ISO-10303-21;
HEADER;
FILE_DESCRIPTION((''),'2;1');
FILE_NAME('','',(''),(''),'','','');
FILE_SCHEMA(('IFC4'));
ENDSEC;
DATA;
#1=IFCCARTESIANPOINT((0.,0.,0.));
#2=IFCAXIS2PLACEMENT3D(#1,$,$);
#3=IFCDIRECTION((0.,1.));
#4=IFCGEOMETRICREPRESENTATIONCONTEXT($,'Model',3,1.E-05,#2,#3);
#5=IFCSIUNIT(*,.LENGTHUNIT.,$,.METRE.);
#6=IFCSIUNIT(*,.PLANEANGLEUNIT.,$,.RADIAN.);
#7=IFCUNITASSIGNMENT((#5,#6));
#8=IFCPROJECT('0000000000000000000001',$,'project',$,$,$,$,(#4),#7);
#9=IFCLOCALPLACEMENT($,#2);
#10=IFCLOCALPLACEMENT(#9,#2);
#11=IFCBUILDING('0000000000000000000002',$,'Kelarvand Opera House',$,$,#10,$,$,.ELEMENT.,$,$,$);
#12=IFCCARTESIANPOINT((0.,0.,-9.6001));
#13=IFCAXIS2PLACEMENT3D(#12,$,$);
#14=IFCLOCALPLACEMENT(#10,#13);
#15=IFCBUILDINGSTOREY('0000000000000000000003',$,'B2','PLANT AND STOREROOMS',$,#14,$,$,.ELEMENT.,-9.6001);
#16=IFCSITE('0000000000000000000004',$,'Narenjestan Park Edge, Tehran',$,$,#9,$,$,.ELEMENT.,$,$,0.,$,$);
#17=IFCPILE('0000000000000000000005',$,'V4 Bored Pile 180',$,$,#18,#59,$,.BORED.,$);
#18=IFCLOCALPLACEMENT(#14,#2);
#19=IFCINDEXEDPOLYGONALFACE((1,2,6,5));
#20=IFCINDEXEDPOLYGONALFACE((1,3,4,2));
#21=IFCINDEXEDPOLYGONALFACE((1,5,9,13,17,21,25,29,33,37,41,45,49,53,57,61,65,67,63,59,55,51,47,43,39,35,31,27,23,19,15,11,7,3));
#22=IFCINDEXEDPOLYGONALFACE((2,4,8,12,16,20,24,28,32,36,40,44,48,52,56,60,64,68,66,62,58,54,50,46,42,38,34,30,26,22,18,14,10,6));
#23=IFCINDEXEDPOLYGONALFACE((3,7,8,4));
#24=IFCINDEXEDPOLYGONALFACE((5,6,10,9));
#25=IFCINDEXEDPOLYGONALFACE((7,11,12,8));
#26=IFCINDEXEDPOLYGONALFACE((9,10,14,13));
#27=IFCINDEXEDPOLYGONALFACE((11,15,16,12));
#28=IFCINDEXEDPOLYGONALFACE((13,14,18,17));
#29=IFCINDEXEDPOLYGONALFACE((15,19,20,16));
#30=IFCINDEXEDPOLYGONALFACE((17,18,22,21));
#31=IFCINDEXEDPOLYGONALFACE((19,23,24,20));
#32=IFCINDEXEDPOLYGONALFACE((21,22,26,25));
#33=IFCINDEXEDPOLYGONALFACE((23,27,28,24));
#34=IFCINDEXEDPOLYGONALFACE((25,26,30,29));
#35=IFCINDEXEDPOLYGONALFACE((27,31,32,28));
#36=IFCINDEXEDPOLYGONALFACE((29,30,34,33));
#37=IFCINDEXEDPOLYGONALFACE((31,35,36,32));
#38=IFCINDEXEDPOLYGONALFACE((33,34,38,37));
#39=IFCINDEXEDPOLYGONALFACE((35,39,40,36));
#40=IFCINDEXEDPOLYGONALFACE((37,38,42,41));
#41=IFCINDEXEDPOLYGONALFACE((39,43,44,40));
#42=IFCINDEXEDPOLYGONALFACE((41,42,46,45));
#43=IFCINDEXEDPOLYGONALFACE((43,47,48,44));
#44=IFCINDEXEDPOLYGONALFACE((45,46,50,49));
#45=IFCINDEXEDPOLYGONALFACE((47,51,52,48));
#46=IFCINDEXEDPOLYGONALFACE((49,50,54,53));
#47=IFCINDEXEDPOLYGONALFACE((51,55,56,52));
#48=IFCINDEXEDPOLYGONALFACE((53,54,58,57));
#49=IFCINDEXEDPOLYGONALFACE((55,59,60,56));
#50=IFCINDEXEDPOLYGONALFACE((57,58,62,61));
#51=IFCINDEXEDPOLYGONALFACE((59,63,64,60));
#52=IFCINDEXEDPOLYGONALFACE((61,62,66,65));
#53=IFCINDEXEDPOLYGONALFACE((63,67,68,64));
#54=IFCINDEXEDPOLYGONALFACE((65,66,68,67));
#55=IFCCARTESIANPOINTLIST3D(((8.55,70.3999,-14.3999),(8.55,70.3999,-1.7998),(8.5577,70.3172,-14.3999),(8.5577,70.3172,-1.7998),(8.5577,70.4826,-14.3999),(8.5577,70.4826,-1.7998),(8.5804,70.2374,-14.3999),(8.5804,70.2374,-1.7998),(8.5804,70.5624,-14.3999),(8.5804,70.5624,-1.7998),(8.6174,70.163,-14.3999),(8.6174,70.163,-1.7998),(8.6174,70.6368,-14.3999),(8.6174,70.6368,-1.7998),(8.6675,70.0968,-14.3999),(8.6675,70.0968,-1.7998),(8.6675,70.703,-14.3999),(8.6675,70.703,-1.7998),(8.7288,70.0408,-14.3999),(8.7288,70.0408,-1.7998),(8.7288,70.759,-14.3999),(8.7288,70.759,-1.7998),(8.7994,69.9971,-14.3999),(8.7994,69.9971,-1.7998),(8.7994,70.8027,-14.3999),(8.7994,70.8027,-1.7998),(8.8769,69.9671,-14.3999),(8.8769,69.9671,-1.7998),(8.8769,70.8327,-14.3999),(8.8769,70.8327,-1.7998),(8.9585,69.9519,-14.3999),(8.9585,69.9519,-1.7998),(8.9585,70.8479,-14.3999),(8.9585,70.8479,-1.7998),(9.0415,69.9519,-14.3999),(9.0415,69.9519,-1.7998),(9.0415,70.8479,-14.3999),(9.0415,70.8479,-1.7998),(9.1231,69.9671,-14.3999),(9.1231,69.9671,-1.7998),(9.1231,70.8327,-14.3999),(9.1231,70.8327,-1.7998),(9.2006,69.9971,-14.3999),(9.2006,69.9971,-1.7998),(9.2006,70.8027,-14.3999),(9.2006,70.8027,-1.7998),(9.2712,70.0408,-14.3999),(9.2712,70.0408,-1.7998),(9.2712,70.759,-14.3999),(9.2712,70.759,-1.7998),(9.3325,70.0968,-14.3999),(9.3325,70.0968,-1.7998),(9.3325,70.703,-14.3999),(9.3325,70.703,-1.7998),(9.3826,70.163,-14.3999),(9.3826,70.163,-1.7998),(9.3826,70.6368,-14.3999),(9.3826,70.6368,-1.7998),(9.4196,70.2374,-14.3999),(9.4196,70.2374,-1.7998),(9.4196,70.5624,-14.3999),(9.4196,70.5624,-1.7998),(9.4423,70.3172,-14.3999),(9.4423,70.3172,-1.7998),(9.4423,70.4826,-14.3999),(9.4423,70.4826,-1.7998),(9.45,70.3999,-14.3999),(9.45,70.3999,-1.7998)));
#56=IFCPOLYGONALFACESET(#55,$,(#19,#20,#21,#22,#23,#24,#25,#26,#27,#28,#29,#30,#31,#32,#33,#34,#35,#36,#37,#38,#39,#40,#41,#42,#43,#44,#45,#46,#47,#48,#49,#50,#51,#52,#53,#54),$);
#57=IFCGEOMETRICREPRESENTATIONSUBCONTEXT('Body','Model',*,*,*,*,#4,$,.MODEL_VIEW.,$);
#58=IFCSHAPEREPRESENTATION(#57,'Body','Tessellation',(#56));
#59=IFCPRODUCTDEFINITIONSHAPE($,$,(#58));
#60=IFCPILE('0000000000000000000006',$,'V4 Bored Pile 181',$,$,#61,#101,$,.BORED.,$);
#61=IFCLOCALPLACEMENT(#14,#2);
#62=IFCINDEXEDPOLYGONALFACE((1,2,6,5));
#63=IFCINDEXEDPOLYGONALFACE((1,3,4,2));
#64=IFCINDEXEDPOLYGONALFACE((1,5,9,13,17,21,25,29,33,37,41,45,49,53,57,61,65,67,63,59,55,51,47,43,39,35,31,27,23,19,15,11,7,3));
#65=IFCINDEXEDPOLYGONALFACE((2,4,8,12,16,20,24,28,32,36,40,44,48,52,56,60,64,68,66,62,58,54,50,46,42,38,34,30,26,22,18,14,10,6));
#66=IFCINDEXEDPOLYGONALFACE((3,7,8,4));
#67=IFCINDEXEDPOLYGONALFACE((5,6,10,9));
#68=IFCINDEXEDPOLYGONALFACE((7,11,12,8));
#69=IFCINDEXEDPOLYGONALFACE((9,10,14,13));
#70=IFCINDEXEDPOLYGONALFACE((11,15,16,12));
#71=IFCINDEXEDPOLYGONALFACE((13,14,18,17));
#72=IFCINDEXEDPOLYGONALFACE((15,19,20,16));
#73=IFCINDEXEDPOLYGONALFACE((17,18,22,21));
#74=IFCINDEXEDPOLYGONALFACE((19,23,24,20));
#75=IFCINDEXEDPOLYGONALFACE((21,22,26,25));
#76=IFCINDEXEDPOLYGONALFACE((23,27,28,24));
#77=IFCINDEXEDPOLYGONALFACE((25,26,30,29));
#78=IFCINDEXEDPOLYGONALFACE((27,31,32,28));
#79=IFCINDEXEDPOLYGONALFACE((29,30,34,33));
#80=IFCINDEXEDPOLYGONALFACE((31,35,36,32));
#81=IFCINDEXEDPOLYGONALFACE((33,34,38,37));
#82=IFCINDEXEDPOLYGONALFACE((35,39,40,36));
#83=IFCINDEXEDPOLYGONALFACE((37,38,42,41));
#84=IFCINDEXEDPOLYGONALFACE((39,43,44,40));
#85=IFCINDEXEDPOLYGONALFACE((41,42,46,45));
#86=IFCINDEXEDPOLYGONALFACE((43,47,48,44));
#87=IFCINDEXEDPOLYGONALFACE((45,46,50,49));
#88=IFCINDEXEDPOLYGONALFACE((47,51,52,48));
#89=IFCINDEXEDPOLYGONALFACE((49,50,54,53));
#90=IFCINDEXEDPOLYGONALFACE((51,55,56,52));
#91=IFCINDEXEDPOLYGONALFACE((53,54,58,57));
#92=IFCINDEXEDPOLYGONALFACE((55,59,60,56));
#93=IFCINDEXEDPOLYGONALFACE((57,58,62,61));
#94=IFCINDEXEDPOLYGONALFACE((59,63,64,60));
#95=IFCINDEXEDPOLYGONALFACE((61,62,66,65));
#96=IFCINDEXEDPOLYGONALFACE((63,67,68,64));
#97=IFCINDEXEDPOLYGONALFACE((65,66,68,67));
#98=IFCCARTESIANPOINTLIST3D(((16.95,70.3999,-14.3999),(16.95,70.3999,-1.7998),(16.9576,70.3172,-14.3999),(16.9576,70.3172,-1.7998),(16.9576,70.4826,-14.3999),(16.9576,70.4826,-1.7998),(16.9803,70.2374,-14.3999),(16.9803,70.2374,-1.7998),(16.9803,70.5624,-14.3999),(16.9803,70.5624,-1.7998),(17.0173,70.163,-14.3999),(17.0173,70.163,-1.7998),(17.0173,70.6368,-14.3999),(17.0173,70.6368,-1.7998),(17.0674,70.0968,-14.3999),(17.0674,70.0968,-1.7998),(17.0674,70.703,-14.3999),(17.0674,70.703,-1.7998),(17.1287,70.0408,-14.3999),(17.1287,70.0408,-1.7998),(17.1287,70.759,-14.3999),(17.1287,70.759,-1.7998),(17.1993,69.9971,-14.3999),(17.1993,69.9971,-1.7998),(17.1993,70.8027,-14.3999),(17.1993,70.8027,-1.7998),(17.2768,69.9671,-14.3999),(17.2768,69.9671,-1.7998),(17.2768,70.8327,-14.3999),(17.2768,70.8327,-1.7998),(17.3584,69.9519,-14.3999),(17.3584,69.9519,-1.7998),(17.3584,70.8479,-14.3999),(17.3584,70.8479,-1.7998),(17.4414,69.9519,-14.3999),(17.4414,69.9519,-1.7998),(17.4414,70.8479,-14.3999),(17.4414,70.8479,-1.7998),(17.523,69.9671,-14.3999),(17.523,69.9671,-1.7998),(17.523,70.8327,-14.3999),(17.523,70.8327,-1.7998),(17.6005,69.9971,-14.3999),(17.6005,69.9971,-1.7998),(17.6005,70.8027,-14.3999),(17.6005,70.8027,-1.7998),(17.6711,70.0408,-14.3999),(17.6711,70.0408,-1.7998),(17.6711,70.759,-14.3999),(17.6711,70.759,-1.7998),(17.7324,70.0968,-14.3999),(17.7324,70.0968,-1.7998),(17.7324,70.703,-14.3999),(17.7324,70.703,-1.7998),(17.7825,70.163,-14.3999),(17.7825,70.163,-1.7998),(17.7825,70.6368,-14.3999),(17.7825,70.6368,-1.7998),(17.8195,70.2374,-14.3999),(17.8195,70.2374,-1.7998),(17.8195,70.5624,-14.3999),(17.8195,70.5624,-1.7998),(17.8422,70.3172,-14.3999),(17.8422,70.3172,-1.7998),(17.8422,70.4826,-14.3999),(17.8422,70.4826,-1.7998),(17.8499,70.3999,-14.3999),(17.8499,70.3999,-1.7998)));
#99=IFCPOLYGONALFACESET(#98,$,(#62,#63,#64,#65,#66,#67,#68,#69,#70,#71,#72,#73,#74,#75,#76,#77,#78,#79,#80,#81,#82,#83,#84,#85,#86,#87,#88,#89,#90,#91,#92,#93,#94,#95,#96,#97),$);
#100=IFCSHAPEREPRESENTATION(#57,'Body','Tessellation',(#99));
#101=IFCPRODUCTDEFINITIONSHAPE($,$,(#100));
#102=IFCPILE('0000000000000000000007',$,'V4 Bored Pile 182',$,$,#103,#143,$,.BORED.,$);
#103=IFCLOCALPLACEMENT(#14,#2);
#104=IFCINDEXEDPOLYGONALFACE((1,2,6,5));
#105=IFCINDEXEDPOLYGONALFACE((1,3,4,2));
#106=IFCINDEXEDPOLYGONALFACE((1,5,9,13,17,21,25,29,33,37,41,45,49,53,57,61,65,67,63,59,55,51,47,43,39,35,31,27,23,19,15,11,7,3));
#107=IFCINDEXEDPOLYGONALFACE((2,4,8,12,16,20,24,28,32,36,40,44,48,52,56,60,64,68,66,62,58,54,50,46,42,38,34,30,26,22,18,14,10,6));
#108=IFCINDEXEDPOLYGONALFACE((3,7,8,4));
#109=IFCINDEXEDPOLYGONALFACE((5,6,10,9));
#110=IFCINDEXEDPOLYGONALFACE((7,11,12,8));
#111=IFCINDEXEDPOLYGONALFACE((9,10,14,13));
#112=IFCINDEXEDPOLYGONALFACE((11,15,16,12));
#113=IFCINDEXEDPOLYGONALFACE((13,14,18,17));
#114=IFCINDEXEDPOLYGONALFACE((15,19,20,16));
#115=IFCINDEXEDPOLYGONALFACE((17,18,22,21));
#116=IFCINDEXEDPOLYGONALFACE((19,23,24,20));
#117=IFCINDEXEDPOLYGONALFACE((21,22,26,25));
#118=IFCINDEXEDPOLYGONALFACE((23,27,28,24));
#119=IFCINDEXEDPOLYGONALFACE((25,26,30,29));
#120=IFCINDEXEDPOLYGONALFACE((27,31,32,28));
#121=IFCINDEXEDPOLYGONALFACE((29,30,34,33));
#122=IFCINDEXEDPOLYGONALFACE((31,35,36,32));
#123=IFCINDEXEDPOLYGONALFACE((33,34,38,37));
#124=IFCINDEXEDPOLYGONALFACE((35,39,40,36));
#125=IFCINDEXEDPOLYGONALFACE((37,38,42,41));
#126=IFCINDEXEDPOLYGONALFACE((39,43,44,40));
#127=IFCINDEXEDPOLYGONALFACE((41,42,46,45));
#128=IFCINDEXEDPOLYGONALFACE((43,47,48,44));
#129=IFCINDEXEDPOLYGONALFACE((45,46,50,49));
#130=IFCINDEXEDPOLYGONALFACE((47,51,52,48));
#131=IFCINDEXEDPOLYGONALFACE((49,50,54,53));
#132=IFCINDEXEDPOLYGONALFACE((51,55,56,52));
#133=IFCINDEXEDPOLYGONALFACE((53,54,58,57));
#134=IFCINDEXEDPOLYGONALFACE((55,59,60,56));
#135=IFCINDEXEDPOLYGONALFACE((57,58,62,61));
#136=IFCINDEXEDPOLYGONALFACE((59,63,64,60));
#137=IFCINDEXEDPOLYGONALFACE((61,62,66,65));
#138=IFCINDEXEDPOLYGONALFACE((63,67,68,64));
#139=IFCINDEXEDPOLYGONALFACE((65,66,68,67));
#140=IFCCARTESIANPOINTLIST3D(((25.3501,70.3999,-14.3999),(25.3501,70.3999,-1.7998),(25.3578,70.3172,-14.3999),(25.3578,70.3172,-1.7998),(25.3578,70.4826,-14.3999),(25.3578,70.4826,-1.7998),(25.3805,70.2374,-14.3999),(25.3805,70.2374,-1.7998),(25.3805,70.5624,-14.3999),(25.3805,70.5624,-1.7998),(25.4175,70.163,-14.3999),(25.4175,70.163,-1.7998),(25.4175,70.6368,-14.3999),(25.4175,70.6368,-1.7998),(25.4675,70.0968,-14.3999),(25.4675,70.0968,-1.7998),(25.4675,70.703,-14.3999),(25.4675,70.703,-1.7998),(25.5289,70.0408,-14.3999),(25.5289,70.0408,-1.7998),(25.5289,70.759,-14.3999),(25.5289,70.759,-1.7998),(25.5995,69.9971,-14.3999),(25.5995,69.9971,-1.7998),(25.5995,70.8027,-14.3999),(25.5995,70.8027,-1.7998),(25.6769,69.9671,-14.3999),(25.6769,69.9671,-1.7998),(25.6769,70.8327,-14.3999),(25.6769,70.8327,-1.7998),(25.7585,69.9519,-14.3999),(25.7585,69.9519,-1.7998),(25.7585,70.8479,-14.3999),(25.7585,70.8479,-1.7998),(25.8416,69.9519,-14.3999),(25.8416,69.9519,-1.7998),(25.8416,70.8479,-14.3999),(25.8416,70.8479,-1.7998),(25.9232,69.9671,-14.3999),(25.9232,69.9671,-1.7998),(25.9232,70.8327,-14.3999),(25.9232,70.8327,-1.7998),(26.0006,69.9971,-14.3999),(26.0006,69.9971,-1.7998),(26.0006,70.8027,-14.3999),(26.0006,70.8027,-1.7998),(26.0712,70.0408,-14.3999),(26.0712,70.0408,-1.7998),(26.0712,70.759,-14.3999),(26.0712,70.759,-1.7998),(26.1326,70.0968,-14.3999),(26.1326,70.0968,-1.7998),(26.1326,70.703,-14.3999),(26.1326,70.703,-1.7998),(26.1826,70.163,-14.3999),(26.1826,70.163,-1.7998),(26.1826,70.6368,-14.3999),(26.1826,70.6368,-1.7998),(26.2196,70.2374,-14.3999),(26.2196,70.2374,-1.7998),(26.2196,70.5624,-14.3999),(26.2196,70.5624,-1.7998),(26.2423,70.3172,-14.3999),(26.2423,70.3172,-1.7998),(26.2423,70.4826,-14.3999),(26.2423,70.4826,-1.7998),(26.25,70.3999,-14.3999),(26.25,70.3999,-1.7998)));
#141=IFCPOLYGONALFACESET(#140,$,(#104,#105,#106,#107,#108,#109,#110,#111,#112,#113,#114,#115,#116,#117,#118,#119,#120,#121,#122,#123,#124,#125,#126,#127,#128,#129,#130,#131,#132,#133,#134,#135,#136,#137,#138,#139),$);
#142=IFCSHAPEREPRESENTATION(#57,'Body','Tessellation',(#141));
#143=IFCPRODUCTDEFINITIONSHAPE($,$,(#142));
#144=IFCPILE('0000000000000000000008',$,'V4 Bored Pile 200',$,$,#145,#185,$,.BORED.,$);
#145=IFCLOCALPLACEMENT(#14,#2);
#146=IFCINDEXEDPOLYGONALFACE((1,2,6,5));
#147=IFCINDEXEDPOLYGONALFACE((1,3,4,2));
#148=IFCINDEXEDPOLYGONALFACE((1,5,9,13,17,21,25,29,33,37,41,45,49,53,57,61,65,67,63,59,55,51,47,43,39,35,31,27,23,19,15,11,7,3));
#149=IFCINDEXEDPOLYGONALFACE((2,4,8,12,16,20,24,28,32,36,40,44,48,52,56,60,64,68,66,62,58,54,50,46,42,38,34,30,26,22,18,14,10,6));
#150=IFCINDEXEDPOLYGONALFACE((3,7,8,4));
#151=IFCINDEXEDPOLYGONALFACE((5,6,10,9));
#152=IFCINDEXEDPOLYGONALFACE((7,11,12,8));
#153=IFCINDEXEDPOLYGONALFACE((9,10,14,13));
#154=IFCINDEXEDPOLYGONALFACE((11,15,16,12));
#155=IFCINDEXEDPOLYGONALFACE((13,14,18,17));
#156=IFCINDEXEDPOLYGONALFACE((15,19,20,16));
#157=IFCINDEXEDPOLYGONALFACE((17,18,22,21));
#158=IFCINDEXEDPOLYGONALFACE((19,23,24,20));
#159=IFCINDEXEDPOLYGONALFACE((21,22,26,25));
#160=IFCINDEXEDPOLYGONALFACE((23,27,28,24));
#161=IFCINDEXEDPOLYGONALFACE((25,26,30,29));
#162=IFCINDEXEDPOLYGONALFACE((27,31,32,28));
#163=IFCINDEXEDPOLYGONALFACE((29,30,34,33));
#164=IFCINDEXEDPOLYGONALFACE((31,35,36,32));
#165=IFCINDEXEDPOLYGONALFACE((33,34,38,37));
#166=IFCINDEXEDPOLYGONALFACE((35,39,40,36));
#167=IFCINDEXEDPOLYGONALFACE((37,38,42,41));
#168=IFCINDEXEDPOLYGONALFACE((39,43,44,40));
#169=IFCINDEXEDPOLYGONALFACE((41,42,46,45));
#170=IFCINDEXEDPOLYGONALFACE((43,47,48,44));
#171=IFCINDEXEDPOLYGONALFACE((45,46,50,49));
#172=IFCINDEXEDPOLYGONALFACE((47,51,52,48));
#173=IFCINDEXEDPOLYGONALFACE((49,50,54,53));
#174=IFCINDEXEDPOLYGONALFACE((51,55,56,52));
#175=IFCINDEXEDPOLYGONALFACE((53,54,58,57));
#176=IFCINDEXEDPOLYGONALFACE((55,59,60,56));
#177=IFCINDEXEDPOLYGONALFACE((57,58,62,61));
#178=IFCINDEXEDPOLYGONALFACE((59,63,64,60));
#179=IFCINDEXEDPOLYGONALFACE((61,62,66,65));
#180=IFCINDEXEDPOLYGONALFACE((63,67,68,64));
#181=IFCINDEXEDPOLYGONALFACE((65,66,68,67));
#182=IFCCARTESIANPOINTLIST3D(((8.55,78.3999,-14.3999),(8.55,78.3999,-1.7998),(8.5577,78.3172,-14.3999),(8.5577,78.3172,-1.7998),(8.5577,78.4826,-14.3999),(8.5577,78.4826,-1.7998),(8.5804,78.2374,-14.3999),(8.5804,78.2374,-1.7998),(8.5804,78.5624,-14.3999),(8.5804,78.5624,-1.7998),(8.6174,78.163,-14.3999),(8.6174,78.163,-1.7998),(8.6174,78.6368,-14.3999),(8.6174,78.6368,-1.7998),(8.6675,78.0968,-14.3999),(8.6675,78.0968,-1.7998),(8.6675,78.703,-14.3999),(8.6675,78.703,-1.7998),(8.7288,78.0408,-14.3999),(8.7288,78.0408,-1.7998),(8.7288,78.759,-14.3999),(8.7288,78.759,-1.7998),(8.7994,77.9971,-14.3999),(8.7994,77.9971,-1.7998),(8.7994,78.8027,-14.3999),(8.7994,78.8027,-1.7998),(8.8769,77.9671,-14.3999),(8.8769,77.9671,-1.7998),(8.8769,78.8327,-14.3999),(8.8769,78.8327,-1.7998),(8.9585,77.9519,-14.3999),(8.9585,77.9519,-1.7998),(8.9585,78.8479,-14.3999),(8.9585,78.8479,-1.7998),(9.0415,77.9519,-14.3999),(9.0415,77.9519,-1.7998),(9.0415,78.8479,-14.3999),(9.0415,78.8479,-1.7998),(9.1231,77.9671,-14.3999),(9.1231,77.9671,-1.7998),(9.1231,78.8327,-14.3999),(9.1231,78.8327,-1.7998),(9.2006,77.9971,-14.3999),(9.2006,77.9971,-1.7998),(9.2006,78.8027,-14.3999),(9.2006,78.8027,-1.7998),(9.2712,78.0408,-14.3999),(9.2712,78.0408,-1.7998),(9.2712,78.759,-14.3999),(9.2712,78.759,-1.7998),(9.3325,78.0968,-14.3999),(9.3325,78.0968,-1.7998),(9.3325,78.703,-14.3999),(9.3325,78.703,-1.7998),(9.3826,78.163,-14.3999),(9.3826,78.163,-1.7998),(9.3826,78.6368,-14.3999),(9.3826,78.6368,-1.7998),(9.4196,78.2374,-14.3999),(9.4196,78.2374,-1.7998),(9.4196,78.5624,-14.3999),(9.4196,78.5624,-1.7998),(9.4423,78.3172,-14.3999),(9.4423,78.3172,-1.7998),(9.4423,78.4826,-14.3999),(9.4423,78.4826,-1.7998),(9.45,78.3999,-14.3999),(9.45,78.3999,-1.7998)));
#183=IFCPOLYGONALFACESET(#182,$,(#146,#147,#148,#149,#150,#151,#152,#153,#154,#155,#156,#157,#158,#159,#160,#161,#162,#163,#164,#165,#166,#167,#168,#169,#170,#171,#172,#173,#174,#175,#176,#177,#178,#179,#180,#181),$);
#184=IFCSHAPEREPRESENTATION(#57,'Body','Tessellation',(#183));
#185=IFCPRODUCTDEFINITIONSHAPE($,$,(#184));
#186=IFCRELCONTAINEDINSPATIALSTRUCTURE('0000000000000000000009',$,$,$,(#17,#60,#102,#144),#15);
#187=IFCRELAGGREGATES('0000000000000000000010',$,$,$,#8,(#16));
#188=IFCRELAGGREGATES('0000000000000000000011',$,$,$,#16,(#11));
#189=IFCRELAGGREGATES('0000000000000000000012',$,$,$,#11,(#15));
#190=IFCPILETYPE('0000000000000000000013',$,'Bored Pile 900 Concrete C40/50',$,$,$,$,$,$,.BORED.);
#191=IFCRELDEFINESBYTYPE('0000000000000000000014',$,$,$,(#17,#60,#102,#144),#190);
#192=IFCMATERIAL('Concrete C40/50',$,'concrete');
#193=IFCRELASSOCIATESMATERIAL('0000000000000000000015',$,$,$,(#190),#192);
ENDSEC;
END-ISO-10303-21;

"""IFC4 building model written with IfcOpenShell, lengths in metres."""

from ifc_helpers import new_model, si_unit, direction, frame, origin, origin_2d, place, context, subcontext, project, spatial, circle, extrude, material, material_profile, profile_set, type_object, element, save


model = new_model("IFC4")

# Units and contexts
model_context = context("Model", 3, precision=1e-05, world=origin(), true_north=direction((0.0, 1.0)))
body_context = subcontext(model_context, "Body", "Model", "MODEL_VIEW")
ifc_project = project(units=[si_unit("LENGTHUNIT", "METRE"), si_unit("PLANEANGLEUNIT", "RADIAN")], contexts=[model_context])

# Site, building, storey
site_placement = place(None, origin())
site = spatial("IfcSite", under=ifc_project, at=site_placement, Name="Narenjestan Park Edge, Tehran", CompositionType="ELEMENT", RefElevation=0.0)
building_placement = place(site_placement, origin())
building = spatial("IfcBuilding", under=site, at=building_placement, Name="Kelarvand Opera House", CompositionType="ELEMENT")
storey_placement = place(building_placement, frame((0.0, 0.0, -9.6001)))
storey = spatial("IfcBuildingStorey", under=building, at=storey_placement, Name="B2", Description="PLANT AND STOREROOMS", CompositionType="ELEMENT", Elevation=-9.6001)

# Piles
ifc_material_1 = material(Name="Concrete C40/50", Category="concrete")
ifc_material_profile_1 = material_profile(ifc_material_1, circle(Radius=0.45, at=origin_2d()), Name="BP 900", Category="concrete")
ifc_profile_set_1 = profile_set([ifc_material_profile_1], Name="Concrete C40/50")
pile_type = type_object("IfcPileType", Name="Bored Pile 900 Concrete C40/50", PredefinedType="BORED", material=ifc_profile_set_1)
for number, where, z_axis, x_axis, name in (
    (1, (9.0, 70.3999, -1.7998), (0.0, 0.0, -1.0), (1.0, 0.0, 0.0), "V4 Bored Pile 180"),
    (2, (17.3999, 70.3999, -1.7998), (0.0, 0.0, -1.0), (1.0, 0.0, 0.0), "V4 Bored Pile 181"),
    (3, (25.8, 70.3999, -1.7998), (0.0, 0.0, -1.0), (1.0, 0.0, 0.0), "V4 Bored Pile 182"),
    (4, (9.0, 78.3999, -1.7998), (0.0, 0.0, -1.0), (1.0, 0.0, 0.0), "V4 Bored Pile 200"),
):
    element("IfcPile", number, at=place(storey_placement, frame(where, z_axis=z_axis, x_axis=x_axis)), inside=storey, type_object=pile_type, Name=name, PredefinedType="BORED", context=body_context, shape_type="SweptSolid", body=[
        extrude(circle(Radius=0.45, at=origin_2d()), origin(), (0.0, 0.0, 1.0), 12.6001),
    ])

save(model, "model.ifc")
